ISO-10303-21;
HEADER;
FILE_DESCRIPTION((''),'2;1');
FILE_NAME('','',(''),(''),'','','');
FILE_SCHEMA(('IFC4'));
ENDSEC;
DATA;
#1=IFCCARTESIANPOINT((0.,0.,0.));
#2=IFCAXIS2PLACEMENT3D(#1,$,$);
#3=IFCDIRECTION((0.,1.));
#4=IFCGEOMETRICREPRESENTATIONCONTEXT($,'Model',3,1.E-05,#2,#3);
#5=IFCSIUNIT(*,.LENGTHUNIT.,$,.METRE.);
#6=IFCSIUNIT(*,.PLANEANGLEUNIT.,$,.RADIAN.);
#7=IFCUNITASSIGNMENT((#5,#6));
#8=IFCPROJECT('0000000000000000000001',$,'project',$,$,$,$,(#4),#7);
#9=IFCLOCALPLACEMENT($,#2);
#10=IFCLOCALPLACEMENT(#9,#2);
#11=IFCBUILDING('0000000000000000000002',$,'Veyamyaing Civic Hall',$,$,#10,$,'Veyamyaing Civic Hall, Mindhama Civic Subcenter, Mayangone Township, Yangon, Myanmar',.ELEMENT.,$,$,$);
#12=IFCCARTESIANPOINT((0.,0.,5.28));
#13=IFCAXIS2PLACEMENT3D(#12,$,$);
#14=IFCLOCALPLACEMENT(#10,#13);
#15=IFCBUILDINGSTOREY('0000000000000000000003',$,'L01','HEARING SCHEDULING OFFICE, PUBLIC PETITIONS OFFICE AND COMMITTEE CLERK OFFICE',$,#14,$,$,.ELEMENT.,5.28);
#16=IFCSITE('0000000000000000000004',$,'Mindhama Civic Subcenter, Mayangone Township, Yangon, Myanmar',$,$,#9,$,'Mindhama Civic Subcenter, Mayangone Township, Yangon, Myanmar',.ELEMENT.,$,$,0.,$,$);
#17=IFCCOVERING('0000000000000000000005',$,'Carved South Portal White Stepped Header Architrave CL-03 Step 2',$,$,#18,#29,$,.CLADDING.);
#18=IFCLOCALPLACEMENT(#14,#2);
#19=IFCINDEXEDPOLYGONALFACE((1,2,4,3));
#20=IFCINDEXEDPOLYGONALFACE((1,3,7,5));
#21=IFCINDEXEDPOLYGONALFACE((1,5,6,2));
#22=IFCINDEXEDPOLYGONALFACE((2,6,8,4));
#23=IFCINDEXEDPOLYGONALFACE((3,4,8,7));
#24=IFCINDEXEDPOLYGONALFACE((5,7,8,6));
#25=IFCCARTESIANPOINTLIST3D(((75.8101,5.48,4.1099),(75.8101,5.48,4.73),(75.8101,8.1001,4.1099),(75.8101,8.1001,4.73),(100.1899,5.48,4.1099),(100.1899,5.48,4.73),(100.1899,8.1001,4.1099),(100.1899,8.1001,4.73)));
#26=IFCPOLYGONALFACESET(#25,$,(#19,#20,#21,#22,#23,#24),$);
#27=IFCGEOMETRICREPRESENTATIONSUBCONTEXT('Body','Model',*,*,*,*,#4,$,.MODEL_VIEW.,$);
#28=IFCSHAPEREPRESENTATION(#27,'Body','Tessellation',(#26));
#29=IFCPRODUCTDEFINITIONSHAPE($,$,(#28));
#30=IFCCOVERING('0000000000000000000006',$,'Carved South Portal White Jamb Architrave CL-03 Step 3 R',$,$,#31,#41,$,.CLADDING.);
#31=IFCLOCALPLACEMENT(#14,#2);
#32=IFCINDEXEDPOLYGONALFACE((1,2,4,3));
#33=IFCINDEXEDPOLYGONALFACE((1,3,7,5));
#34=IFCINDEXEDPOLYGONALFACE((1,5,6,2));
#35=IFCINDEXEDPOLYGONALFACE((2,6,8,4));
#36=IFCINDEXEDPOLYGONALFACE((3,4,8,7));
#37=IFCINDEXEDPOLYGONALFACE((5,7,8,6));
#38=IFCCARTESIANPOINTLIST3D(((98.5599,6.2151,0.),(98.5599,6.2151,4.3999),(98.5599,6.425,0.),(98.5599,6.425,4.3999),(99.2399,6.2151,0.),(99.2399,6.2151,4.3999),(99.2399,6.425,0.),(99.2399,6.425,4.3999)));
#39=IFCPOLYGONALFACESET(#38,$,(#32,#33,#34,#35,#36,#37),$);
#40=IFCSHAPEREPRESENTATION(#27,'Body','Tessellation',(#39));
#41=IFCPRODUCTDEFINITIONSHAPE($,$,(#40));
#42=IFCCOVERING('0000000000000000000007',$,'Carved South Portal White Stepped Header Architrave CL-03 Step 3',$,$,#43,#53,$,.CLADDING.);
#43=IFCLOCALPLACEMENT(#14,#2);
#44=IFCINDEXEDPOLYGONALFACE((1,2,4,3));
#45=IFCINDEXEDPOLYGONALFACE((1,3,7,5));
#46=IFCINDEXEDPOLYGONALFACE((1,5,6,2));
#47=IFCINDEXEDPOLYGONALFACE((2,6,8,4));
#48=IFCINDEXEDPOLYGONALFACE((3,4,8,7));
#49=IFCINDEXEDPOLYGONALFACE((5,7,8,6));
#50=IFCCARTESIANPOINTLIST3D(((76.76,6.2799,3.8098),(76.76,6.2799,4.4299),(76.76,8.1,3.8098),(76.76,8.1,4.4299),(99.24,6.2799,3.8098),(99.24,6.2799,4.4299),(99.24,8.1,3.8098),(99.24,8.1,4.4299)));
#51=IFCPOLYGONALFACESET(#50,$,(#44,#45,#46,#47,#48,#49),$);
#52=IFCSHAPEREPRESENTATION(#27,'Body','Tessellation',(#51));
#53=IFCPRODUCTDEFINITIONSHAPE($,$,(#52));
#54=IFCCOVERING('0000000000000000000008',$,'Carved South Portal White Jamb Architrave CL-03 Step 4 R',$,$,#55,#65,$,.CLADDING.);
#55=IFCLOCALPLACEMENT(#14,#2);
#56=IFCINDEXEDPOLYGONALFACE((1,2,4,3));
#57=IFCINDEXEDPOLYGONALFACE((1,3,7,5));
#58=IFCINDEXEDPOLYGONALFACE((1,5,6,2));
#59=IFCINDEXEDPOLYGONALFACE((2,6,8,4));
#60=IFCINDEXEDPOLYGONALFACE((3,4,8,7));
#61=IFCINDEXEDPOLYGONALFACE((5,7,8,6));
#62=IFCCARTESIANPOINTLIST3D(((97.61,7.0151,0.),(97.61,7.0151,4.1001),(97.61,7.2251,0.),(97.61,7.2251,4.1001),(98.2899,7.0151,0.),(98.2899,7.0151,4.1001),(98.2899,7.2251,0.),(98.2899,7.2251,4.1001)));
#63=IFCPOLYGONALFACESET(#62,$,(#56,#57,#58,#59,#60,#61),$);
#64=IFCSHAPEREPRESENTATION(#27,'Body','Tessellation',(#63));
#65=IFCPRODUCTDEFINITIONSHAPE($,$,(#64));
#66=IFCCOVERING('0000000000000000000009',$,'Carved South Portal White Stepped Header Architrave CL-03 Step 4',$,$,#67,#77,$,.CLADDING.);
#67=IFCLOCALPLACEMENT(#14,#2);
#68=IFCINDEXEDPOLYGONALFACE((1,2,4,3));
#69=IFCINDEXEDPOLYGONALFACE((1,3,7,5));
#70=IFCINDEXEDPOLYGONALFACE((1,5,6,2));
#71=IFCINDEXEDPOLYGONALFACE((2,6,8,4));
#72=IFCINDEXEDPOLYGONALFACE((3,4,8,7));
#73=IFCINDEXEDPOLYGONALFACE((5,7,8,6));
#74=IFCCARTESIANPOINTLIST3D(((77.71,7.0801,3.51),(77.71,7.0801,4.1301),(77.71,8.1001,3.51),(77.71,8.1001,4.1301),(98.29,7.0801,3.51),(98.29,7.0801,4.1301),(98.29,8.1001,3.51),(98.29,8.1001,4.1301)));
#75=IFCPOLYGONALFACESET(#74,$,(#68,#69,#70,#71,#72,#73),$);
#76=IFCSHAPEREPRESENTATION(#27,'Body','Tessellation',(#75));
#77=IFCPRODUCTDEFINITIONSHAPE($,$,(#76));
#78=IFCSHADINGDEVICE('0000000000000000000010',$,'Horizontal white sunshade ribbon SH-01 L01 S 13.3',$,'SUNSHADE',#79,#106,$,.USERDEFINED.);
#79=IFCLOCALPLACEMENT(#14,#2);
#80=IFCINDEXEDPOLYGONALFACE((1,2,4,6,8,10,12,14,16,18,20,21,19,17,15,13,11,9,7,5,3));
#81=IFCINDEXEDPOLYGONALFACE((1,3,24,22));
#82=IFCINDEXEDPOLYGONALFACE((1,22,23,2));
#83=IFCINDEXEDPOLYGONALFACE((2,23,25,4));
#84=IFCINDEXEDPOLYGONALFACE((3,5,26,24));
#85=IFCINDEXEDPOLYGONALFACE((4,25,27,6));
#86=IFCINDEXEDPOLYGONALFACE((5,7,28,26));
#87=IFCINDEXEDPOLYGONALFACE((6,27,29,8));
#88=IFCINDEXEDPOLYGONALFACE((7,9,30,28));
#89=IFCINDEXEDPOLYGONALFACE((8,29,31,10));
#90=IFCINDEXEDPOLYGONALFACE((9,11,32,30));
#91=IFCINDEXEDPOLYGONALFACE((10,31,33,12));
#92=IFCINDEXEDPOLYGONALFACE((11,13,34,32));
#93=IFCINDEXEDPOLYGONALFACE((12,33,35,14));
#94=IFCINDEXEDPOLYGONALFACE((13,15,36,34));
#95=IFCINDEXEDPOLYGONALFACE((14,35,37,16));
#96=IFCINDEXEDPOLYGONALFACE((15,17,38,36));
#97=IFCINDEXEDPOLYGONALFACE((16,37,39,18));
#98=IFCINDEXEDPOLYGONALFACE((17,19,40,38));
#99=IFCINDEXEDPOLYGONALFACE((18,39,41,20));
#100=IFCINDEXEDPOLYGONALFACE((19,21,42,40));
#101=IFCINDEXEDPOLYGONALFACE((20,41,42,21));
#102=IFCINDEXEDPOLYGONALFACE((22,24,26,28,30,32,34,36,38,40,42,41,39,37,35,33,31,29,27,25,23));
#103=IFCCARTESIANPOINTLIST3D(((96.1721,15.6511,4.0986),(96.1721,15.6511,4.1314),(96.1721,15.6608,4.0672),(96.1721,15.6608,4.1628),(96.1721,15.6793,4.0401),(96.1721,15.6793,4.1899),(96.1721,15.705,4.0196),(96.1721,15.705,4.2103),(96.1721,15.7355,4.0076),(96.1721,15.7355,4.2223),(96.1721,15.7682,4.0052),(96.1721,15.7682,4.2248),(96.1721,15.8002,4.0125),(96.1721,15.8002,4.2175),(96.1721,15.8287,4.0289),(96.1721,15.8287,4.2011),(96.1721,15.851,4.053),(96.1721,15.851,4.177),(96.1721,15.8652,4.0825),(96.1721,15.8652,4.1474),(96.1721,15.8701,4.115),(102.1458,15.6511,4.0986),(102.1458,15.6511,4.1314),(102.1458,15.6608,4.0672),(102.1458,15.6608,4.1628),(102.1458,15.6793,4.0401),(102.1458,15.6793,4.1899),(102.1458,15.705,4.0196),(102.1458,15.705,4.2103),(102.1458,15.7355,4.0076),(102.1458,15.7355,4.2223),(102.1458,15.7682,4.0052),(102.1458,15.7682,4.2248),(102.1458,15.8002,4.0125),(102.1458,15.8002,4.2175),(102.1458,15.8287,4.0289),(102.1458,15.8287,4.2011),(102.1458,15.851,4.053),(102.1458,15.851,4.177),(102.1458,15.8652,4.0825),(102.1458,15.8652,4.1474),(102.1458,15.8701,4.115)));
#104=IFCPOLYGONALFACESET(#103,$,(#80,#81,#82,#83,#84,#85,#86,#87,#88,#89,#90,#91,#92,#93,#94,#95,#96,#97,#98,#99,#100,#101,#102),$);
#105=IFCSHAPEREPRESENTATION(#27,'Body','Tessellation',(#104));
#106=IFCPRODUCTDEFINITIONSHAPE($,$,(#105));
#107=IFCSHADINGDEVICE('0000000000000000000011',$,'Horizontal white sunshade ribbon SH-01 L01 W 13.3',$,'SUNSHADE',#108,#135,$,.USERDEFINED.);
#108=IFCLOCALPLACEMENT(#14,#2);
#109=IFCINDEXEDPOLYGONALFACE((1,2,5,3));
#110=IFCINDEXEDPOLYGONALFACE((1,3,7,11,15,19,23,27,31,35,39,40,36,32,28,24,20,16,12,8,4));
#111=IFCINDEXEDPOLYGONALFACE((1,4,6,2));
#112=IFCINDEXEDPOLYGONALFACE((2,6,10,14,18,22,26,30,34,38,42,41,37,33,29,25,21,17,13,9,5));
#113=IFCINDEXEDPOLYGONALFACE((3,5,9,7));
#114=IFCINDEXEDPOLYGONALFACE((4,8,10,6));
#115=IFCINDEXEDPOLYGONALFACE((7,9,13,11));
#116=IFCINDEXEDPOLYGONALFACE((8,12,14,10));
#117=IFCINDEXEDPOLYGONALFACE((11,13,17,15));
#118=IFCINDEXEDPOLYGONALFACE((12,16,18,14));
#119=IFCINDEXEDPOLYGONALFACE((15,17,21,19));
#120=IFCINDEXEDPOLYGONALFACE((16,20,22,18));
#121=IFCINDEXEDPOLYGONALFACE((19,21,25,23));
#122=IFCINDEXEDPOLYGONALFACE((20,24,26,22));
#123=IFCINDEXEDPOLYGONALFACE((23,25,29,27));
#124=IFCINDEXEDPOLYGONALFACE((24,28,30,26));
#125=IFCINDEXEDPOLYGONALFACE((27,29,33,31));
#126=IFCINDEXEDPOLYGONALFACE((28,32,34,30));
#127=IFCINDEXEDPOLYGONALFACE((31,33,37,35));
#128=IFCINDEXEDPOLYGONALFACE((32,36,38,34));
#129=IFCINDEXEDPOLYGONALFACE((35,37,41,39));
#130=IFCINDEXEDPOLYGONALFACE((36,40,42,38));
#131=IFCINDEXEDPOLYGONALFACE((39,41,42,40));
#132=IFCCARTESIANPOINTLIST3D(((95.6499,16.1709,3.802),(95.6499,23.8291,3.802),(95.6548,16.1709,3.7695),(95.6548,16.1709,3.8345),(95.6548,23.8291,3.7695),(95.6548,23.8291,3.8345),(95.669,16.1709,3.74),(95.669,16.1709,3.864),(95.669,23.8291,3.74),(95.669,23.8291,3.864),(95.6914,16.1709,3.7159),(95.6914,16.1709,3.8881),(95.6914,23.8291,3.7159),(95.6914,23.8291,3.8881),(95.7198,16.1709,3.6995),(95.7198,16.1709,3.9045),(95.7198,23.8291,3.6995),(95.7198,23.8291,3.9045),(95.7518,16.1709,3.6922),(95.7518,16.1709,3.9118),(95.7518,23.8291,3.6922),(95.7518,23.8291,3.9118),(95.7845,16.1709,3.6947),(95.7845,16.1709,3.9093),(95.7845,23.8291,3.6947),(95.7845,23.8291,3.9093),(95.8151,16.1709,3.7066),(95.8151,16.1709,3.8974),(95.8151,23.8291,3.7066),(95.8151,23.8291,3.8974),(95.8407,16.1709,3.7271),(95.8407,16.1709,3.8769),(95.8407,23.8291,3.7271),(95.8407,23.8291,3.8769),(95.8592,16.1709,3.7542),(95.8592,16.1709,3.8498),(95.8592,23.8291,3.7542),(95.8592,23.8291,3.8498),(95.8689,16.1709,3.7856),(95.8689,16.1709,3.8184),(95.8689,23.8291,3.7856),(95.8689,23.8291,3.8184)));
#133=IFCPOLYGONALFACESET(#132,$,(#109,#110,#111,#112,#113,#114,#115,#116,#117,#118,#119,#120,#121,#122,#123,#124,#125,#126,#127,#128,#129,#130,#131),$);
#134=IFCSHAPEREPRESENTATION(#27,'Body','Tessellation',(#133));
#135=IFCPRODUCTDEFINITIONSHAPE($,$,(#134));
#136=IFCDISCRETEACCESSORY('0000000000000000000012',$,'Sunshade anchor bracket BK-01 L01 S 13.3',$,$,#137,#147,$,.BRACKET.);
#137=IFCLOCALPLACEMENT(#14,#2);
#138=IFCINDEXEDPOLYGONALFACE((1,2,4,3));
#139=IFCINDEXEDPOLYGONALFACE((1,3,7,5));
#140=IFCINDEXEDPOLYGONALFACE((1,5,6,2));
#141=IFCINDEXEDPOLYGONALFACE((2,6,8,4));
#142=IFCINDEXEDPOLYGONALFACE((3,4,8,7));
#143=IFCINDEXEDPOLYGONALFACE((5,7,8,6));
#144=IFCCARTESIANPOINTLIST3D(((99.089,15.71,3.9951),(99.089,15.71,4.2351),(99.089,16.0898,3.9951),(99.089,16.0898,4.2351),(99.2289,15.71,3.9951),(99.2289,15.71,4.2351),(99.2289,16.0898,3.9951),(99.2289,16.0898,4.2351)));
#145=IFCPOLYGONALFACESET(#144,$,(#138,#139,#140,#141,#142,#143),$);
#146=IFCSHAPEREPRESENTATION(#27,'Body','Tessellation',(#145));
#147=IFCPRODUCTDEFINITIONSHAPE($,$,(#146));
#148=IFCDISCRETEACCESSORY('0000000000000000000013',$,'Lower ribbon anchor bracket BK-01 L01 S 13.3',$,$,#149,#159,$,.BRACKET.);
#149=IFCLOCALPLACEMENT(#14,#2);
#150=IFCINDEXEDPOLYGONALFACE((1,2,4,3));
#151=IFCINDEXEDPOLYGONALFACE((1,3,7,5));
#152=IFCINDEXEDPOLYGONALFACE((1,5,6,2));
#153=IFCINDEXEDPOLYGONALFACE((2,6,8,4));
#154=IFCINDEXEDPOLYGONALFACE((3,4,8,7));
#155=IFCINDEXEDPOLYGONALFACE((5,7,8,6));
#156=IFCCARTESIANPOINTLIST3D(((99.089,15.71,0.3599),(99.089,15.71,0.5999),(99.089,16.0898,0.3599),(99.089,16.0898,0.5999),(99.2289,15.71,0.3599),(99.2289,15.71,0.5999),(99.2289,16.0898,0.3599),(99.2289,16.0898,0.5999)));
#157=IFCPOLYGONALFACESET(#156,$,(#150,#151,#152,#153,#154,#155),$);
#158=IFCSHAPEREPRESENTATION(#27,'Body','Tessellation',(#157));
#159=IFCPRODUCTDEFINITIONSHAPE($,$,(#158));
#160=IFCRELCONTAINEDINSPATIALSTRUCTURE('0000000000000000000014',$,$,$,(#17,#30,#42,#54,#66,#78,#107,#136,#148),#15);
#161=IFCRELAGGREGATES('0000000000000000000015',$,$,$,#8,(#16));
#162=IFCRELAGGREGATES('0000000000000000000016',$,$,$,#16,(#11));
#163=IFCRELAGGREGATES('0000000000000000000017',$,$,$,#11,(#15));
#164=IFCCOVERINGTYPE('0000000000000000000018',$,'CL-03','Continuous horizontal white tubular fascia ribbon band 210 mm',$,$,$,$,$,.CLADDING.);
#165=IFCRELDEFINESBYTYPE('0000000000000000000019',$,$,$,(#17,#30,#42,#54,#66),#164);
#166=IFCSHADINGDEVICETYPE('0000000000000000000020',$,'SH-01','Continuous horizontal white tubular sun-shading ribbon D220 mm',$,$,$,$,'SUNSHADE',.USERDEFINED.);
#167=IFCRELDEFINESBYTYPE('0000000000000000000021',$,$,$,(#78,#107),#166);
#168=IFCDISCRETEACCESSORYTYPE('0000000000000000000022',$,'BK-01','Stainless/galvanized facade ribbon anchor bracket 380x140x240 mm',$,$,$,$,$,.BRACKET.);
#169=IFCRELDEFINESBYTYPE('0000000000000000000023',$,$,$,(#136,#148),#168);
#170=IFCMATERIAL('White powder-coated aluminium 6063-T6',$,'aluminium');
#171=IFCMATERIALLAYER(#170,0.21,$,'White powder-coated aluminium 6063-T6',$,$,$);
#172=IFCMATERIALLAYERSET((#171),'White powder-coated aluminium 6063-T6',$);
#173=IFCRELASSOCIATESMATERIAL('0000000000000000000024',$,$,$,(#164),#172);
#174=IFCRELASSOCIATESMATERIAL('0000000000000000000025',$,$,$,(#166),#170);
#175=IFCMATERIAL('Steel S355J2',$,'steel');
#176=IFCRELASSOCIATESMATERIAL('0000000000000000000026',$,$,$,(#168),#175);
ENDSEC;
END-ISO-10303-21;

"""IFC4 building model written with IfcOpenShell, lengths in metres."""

from ifc_helpers import new_model, si_unit, direction, frame, origin, origin_2d, place, context, subcontext, project, spatial, rectangle, circle, extrude, material, layer, layer_set, material_profile, profile_set, type_object, element, save


model = new_model("IFC4")

# Units and contexts
model_context = context("Model", 3, precision=1e-05, world=origin(), true_north=direction((0.0, 1.0)))
body_context = subcontext(model_context, "Body", "Model", "MODEL_VIEW")
ifc_project = project(units=[si_unit("LENGTHUNIT", "METRE"), si_unit("PLANEANGLEUNIT", "RADIAN")], contexts=[model_context])

# Site, building, storey
site_placement = place(None, origin())
site = spatial("IfcSite", under=ifc_project, at=site_placement, Name="Mindhama Civic Subcenter, Mayangone Township, Yangon, Myanmar", LongName="Mindhama Civic Subcenter, Mayangone Township, Yangon, Myanmar", CompositionType="ELEMENT", RefElevation=0.0)
building_placement = place(site_placement, origin())
building = spatial("IfcBuilding", under=site, at=building_placement, Name="Veyamyaing Civic Hall", LongName="Veyamyaing Civic Hall, Mindhama Civic Subcenter, Mayangone Township, Yangon, Myanmar", CompositionType="ELEMENT")
storey_placement = place(building_placement, frame((0.0, 0.0, 5.28)))
storey = spatial("IfcBuildingStorey", under=building, at=storey_placement, Name="L01", Description="HEARING SCHEDULING OFFICE, PUBLIC PETITIONS OFFICE AND COMMITTEE CLERK OFFICE", CompositionType="ELEMENT", Elevation=5.28)

# Shared definitions
ifc_material_1 = material(Name="Steel S355J2", Category="steel")

# Coverings
ifc_material_2 = material(Name="White powder-coated aluminium 6063-T6", Category="aluminium")
ifc_layer_1 = layer(ifc_material_2, 0.21, Name="White powder-coated aluminium 6063-T6")
ifc_layer_set_1 = layer_set([ifc_layer_1], Name="White powder-coated aluminium 6063-T6")
covering_type = type_object("IfcCoveringType", Name="CL-03", Description="Continuous horizontal white tubular fascia ribbon band 210 mm", PredefinedType="CLADDING", material=ifc_layer_set_1)
covering_1_placement = place(storey_placement, frame((88.0, 6.79, 4.1099), z_axis=(0.0, 0.0, 1.0), x_axis=(1.0, 0.0, 0.0)))
element("IfcCovering", 1, at=covering_1_placement, inside=storey, type_object=covering_type, Name="Carved South Portal White Stepped Header Architrave CL-03 Step 2", PredefinedType="CLADDING", context=body_context, shape_type="SweptSolid", body=[
    extrude(rectangle(XDim=24.3799, YDim=2.6201, at=origin_2d()), origin(), (0.0, 0.0, 1.0), 0.6201),
])
covering_2_placement = place(storey_placement, frame((98.8999, 6.3201, 0.0), z_axis=(0.0, 0.0, 1.0), x_axis=(1.0, 0.0, 0.0)))
element("IfcCovering", 2, at=covering_2_placement, inside=storey, type_object=covering_type, Name="Carved South Portal White Jamb Architrave CL-03 Step 3 R", PredefinedType="CLADDING", context=body_context, shape_type="SweptSolid", body=[
    extrude(rectangle(XDim=0.6799, YDim=0.21, at=origin_2d()), origin(), (0.0, 0.0, 1.0), 4.3999),
])
covering_3_placement = place(storey_placement, frame((88.0, 7.1899, 3.8098), z_axis=(0.0, 0.0, 1.0), x_axis=(1.0, 0.0, 0.0)))
element("IfcCovering", 3, at=covering_3_placement, inside=storey, type_object=covering_type, Name="Carved South Portal White Stepped Header Architrave CL-03 Step 3", PredefinedType="CLADDING", context=body_context, shape_type="SweptSolid", body=[
    extrude(rectangle(XDim=22.48, YDim=1.8201, at=origin_2d()), origin(), (0.0, 0.0, 1.0), 0.6201),
])
covering_4_placement = place(storey_placement, frame((97.95, 7.1201, 0.0), z_axis=(0.0, 0.0, 1.0), x_axis=(1.0, 0.0, 0.0)))
element("IfcCovering", 4, at=covering_4_placement, inside=storey, type_object=covering_type, Name="Carved South Portal White Jamb Architrave CL-03 Step 4 R", PredefinedType="CLADDING", context=body_context, shape_type="SweptSolid", body=[
    extrude(rectangle(XDim=0.6799, YDim=0.21, at=origin_2d()), origin(), (0.0, 0.0, 1.0), 4.1001),
])
covering_5_placement = place(storey_placement, frame((88.0, 7.5901, 3.51), z_axis=(0.0, 0.0, 1.0), x_axis=(1.0, 0.0, 0.0)))
element("IfcCovering", 5, at=covering_5_placement, inside=storey, type_object=covering_type, Name="Carved South Portal White Stepped Header Architrave CL-03 Step 4", PredefinedType="CLADDING", context=body_context, shape_type="SweptSolid", body=[
    extrude(rectangle(XDim=20.5801, YDim=1.02, at=origin_2d()), origin(), (0.0, 0.0, 1.0), 0.6201),
])

# Shading devices
ifc_material_profile_1 = material_profile(ifc_material_2, circle(Radius=0.1101, at=origin_2d()), Name="SHADE-TUBE-220")
ifc_profile_set_1 = profile_set([ifc_material_profile_1], Name="White powder-coated aluminium 6063-T6")
shading_device_type = type_object("IfcShadingDeviceType", Name="SH-01", Description="Continuous horizontal white tubular sun-shading ribbon D220 mm", ElementType="SUNSHADE", PredefinedType="USERDEFINED", material=ifc_profile_set_1)
shading_device_1_placement = place(storey_placement, frame((96.1721, 15.76, 4.115), z_axis=(1.0, 0.0, 0.0), x_axis=(0.0, 1.0, 0.0)))
element("IfcShadingDevice", 6, at=shading_device_1_placement, inside=storey, type_object=shading_device_type, Name="Horizontal white sunshade ribbon SH-01 L01 S 13.3", ObjectType="SUNSHADE", PredefinedType="USERDEFINED", context=body_context, shape_type="SweptSolid", body=[
    extrude(circle(Radius=0.1101, at=origin_2d()), origin(), (0.0, 0.0, 1.0), 5.9736),
])
shading_device_2_placement = place(storey_placement, frame((95.76, 16.1709, 3.802), z_axis=(0.0, 1.0, 0.0), x_axis=(-1.0, 0.0, 0.0)))
element("IfcShadingDevice", 7, at=shading_device_2_placement, inside=storey, type_object=shading_device_type, Name="Horizontal white sunshade ribbon SH-01 L01 W 13.3", ObjectType="SUNSHADE", PredefinedType="USERDEFINED", context=body_context, shape_type="SweptSolid", body=[
    extrude(circle(Radius=0.1101, at=origin_2d()), origin(), (0.0, 0.0, 1.0), 7.6582),
])

# Discrete accessories
discrete_accessory_type = type_object("IfcDiscreteAccessoryType", Name="BK-01", Description="Stainless/galvanized facade ribbon anchor bracket 380x140x240 mm", PredefinedType="BRACKET", material=ifc_material_1)
for number, where, z_axis, x_axis, name in (
    (8, (99.1589, 15.8999, 3.9951), (0.0, 0.0, 1.0), (0.0, -1.0, 0.0), "Sunshade anchor bracket BK-01 L01 S 13.3"),
    (9, (99.1589, 15.8999, 0.3599), (0.0, 0.0, 1.0), (0.0, -1.0, 0.0), "Lower ribbon anchor bracket BK-01 L01 S 13.3"),
):
    element("IfcDiscreteAccessory", number, at=place(storey_placement, frame(where, z_axis=z_axis, x_axis=x_axis)), inside=storey, type_object=discrete_accessory_type, Name=name, PredefinedType="BRACKET", context=body_context, shape_type="SweptSolid", body=[
        extrude(rectangle(XDim=0.3799, YDim=0.1399, at=origin_2d()), origin(), (0.0, 0.0, 1.0), 0.24),
    ])

save(model, "model.ifc")
